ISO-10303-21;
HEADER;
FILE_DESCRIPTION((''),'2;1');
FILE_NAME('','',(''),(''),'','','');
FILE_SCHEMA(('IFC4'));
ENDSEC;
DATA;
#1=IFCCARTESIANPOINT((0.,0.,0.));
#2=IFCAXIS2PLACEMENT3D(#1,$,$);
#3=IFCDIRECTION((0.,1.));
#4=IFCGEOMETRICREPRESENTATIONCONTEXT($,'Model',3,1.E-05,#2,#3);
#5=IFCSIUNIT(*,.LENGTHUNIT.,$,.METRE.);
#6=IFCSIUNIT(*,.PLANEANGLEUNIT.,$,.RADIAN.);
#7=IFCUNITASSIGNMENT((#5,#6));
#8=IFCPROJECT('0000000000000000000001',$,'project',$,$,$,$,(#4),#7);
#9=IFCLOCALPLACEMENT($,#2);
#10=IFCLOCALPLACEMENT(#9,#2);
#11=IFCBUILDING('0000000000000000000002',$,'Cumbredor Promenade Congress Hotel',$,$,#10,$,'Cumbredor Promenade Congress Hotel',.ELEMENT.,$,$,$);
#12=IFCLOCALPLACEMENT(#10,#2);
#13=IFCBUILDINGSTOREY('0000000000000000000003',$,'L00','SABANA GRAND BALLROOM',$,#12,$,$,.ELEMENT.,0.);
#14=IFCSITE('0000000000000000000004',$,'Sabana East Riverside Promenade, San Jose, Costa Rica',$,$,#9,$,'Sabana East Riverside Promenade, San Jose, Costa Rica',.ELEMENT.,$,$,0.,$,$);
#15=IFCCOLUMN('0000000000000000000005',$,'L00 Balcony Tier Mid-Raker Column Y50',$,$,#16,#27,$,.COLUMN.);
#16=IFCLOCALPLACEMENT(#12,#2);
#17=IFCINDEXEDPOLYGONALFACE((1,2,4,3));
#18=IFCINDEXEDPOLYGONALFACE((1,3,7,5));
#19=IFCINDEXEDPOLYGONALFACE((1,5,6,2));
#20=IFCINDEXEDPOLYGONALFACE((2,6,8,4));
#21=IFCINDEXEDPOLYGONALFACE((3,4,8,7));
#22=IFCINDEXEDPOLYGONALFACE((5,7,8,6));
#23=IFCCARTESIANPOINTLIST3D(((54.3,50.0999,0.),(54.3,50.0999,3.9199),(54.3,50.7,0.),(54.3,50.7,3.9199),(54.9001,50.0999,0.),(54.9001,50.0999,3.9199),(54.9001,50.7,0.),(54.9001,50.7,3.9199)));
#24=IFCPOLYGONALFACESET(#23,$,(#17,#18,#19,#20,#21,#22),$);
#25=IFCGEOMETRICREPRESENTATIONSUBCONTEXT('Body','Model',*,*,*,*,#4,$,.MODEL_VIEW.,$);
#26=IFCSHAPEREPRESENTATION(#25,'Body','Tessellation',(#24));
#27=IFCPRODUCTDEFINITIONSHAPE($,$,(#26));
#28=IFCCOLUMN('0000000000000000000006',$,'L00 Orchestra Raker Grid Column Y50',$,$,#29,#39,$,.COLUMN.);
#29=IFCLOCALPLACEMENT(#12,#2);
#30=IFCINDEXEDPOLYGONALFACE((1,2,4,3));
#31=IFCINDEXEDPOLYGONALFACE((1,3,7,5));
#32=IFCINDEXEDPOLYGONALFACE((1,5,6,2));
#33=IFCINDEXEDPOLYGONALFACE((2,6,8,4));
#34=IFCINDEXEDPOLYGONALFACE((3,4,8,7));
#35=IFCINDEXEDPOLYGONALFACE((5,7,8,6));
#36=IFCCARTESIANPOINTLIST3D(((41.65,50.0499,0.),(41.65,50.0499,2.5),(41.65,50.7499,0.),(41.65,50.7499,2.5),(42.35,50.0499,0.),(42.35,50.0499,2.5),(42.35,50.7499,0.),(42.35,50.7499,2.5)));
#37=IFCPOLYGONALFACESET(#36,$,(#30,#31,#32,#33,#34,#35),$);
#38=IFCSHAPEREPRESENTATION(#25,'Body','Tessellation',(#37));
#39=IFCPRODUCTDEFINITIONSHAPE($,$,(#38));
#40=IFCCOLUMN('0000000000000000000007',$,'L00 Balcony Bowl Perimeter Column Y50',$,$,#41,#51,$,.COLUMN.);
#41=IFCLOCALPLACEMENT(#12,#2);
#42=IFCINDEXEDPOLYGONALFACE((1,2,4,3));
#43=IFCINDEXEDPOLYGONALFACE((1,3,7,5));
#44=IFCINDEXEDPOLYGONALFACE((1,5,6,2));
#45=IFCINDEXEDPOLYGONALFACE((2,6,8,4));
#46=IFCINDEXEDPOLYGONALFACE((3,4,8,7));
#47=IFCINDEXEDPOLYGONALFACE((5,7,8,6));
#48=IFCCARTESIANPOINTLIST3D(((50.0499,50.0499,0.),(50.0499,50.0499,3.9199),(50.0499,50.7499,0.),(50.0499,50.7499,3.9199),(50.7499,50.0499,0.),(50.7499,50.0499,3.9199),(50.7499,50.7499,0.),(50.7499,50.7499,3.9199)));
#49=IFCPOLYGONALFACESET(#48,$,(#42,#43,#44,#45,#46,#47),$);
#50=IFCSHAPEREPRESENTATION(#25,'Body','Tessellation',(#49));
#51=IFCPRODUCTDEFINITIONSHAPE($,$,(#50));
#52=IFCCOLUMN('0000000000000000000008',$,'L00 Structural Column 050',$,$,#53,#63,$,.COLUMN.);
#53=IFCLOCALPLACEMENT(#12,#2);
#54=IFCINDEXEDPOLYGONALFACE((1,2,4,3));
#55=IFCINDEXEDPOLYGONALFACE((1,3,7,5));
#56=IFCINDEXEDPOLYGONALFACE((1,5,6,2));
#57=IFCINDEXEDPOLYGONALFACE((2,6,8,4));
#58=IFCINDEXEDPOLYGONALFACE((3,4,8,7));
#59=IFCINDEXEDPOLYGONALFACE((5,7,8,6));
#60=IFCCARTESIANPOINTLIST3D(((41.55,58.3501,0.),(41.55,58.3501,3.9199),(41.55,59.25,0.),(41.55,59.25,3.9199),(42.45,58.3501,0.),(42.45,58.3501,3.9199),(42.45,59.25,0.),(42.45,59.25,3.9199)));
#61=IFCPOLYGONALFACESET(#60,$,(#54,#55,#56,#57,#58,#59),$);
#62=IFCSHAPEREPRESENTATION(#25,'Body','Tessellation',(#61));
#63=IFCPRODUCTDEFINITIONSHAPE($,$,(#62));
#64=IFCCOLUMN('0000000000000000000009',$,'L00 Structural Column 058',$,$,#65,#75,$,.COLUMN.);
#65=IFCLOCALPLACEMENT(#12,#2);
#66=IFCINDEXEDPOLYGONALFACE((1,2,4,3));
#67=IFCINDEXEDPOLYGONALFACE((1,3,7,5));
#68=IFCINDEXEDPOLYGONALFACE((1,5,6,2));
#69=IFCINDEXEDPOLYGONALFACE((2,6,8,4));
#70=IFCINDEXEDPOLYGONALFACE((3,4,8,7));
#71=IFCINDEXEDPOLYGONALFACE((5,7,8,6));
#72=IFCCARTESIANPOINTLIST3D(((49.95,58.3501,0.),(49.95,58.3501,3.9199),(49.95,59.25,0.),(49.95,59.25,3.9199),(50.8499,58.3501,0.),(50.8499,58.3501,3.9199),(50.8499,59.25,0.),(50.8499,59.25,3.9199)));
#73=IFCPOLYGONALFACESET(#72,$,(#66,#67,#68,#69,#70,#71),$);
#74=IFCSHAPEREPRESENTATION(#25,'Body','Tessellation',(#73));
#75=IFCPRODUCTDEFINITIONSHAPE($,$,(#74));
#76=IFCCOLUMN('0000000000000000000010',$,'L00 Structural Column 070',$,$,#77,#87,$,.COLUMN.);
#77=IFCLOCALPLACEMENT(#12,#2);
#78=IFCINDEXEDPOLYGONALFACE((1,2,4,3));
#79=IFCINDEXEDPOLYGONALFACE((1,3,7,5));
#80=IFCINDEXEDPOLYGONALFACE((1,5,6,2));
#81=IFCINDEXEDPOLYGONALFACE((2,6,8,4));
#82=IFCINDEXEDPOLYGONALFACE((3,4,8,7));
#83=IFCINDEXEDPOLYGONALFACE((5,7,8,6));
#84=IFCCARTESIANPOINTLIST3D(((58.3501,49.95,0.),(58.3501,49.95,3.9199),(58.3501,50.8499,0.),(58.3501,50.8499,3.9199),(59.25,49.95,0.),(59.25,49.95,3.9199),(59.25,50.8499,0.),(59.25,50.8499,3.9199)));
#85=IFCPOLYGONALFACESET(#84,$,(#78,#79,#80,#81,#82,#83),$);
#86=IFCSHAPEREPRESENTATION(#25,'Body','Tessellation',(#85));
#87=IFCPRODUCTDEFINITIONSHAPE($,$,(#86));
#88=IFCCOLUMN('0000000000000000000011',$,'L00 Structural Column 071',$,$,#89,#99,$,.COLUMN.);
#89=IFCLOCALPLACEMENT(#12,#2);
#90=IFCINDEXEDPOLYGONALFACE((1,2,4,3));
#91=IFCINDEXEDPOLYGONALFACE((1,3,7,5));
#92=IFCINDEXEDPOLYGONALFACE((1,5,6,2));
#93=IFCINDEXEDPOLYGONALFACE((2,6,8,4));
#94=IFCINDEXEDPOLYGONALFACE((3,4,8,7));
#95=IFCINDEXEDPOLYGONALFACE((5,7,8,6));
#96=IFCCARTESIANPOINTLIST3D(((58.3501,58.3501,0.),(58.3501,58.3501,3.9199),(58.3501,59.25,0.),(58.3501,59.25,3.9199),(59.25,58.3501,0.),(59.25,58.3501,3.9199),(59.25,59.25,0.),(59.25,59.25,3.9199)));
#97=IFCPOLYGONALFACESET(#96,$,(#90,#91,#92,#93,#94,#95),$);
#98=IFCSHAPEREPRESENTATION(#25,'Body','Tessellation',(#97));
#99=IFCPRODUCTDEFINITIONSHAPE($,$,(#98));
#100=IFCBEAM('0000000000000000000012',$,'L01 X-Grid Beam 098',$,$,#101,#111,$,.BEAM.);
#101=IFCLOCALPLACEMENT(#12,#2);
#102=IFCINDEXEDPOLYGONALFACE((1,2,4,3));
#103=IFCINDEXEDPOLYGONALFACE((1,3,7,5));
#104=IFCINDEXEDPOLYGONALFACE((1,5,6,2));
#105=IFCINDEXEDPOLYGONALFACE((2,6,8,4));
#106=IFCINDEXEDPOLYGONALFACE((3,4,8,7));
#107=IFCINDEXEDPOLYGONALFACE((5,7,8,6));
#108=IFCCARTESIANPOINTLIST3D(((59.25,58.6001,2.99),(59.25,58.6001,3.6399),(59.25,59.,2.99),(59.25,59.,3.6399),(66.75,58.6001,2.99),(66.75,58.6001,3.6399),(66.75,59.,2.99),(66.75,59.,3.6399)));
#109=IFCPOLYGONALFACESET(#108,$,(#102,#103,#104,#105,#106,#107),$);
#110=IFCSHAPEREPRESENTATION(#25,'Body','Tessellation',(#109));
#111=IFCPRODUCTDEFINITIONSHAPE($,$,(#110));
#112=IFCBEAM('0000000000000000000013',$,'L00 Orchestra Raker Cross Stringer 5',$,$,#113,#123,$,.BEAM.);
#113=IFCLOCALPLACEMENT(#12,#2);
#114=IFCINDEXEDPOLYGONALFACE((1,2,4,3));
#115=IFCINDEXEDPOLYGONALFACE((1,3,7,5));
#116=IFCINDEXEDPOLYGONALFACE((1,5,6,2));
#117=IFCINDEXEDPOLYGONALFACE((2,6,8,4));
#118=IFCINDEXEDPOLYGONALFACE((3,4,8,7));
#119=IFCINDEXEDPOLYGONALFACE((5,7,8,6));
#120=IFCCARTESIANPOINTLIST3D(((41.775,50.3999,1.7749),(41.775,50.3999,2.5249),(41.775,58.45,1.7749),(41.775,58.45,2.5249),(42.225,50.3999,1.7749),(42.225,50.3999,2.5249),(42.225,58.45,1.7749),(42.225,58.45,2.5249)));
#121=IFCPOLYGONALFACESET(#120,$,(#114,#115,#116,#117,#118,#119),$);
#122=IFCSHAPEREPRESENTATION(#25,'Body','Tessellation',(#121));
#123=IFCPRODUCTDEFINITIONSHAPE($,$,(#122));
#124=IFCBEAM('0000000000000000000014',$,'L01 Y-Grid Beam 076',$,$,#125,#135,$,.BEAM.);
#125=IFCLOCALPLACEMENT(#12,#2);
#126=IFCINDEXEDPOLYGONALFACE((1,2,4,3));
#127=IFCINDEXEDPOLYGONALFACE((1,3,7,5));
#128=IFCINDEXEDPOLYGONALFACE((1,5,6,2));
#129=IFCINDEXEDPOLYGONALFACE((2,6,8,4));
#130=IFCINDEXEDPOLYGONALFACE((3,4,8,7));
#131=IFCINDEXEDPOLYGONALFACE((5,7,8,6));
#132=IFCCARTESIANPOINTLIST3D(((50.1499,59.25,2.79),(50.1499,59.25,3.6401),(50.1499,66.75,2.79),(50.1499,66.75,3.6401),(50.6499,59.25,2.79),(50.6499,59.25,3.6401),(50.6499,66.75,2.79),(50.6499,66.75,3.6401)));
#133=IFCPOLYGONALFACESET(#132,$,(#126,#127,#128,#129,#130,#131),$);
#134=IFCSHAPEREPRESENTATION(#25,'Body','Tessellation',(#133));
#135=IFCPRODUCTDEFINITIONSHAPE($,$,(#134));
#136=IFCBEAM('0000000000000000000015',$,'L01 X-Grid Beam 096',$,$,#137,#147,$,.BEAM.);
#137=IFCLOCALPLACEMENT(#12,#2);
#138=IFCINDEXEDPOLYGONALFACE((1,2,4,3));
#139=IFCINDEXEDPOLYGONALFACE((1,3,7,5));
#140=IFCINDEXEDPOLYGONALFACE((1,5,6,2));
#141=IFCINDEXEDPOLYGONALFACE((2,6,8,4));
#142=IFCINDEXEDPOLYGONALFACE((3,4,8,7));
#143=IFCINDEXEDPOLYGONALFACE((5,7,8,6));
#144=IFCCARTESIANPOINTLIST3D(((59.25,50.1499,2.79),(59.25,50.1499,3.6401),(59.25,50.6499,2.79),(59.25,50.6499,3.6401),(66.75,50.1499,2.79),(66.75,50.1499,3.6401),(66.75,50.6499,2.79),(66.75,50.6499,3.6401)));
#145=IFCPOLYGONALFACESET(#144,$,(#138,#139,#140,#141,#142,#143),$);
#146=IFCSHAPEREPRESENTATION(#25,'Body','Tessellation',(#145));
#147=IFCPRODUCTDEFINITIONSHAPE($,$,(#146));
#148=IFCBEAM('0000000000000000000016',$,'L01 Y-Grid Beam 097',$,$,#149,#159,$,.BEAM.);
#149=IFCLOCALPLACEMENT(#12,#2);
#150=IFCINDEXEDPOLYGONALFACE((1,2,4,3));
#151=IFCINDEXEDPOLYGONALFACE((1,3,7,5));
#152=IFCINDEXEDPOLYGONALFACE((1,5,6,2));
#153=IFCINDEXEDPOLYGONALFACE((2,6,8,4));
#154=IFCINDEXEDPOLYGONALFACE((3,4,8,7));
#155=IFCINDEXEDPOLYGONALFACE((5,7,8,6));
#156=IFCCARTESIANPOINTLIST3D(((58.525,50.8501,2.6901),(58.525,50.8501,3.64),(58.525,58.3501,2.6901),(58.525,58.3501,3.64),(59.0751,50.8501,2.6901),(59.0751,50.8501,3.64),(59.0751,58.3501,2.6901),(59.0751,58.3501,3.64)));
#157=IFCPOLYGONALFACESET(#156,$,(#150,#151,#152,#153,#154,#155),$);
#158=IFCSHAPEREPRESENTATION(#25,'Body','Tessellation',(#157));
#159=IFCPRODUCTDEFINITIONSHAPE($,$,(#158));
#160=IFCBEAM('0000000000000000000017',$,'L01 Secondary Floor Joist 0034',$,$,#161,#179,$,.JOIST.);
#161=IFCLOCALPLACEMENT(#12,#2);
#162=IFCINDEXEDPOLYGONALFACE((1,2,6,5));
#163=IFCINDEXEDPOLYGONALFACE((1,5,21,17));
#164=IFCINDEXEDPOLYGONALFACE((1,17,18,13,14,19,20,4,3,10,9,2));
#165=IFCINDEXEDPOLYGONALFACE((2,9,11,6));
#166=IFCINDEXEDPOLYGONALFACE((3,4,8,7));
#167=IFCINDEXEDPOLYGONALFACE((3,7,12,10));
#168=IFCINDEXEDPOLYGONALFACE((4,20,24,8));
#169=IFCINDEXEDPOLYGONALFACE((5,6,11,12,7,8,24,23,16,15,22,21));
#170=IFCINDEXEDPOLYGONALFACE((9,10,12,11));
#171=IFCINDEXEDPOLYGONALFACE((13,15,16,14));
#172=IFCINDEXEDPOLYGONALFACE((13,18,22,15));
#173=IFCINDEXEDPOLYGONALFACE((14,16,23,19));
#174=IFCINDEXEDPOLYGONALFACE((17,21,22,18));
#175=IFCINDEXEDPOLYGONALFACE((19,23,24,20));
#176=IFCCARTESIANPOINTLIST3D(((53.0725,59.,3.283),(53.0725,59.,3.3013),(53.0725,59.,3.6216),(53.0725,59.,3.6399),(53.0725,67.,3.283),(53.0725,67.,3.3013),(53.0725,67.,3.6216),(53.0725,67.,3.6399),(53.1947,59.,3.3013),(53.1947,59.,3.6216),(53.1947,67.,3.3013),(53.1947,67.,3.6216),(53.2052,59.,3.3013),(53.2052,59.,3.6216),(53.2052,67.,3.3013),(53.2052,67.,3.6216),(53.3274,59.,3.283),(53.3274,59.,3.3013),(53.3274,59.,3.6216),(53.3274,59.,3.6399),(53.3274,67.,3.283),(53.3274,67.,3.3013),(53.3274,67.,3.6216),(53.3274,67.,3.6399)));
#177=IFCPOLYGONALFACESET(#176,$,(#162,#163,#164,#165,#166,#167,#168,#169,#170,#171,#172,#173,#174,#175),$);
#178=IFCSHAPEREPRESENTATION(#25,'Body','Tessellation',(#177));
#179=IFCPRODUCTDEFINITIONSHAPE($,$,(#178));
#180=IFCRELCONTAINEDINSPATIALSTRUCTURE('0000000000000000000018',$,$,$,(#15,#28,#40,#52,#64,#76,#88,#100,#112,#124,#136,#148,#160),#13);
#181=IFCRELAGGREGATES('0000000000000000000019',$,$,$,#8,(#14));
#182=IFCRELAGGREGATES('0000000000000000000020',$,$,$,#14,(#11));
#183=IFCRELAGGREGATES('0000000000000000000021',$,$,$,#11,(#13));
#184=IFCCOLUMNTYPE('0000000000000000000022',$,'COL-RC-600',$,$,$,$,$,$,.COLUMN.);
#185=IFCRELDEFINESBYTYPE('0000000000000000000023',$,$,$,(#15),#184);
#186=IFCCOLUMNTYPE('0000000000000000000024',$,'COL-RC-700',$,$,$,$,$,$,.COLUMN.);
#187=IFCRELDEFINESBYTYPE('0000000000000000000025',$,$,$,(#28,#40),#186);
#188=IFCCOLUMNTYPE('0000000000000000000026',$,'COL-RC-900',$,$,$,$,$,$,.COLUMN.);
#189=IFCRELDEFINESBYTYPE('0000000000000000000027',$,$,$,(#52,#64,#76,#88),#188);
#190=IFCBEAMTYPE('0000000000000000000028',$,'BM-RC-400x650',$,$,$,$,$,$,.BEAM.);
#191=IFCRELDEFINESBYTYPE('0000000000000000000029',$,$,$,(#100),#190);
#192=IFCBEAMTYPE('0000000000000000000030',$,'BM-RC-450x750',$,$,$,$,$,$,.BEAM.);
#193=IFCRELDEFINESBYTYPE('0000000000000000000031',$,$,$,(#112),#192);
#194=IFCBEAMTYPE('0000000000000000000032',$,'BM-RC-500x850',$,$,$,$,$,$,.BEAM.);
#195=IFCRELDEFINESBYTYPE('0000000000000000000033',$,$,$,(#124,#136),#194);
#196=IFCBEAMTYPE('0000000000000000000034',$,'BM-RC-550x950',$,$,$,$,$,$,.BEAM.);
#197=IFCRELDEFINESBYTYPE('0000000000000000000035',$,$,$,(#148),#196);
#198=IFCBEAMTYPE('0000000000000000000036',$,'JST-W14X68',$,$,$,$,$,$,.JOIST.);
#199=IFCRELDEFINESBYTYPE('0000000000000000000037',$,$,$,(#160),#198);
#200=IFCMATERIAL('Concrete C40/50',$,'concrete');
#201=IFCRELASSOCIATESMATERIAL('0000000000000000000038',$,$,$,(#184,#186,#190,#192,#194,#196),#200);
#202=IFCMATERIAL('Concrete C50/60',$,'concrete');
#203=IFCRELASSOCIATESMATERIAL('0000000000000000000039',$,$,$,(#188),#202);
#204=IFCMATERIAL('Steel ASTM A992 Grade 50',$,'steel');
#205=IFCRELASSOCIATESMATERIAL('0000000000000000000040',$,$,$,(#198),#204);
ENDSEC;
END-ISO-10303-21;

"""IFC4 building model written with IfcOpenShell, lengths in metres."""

from ifc_helpers import new_model, si_unit, direction, frame, origin, origin_2d, place, context, subcontext, project, spatial, rectangle, i_section, extrude, material, material_profile, profile_set, type_object, element, save


model = new_model("IFC4")

# Units and contexts
model_context = context("Model", 3, precision=1e-05, world=origin(), true_north=direction((0.0, 1.0)))
body_context = subcontext(model_context, "Body", "Model", "MODEL_VIEW")
ifc_project = project(units=[si_unit("LENGTHUNIT", "METRE"), si_unit("PLANEANGLEUNIT", "RADIAN")], contexts=[model_context])

# Site, building, storey
site_placement = place(None, origin())
site = spatial("IfcSite", under=ifc_project, at=site_placement, Name="Sabana East Riverside Promenade, San Jose, Costa Rica", LongName="Sabana East Riverside Promenade, San Jose, Costa Rica", CompositionType="ELEMENT", RefElevation=0.0)
building_placement = place(site_placement, origin())
building = spatial("IfcBuilding", under=site, at=building_placement, Name="Cumbredor Promenade Congress Hotel", LongName="Cumbredor Promenade Congress Hotel", CompositionType="ELEMENT")
storey_placement = place(building_placement, origin())
storey = spatial("IfcBuildingStorey", under=building, at=storey_placement, Name="L00", Description="SABANA GRAND BALLROOM", CompositionType="ELEMENT", Elevation=0.0)

# Columns
ifc_material_1 = material(Name="Concrete C40/50", Category="concrete")
ifc_material_profile_1 = material_profile(ifc_material_1, rectangle(XDim=0.6001, YDim=0.6001, at=origin_2d()), Name="RC 600x600")
ifc_profile_set_1 = profile_set([ifc_material_profile_1], Name="Concrete C40/50")
column_type_1 = type_object("IfcColumnType", Name="COL-RC-600", PredefinedType="COLUMN", material=ifc_profile_set_1)
column_1_placement = place(storey_placement, frame((54.6001, 50.3999, 0.0), z_axis=(0.0, 0.0, 1.0), x_axis=(1.0, 0.0, 0.0)))
element("IfcColumn", 1, at=column_1_placement, inside=storey, type_object=column_type_1, Name="L00 Balcony Tier Mid-Raker Column Y50", PredefinedType="COLUMN", context=body_context, shape_type="SweptSolid", body=[
    extrude(rectangle(XDim=0.6001, YDim=0.6001, at=origin_2d()), origin(), (0.0, 0.0, 1.0), 3.9199),
])
ifc_material_profile_2 = material_profile(ifc_material_1, rectangle(XDim=0.7, YDim=0.7, at=origin_2d()), Name="RC 700x700")
ifc_profile_set_2 = profile_set([ifc_material_profile_2], Name="Concrete C40/50")
column_type_2 = type_object("IfcColumnType", Name="COL-RC-700", PredefinedType="COLUMN", material=ifc_profile_set_2)
column_2_placement = place(storey_placement, frame((42.0, 50.3999, 0.0), z_axis=(0.0, 0.0, 1.0), x_axis=(1.0, 0.0, 0.0)))
element("IfcColumn", 2, at=column_2_placement, inside=storey, type_object=column_type_2, Name="L00 Orchestra Raker Grid Column Y50", PredefinedType="COLUMN", context=body_context, shape_type="SweptSolid", body=[
    extrude(rectangle(XDim=0.7, YDim=0.7, at=origin_2d()), origin(), (0.0, 0.0, 1.0), 2.5),
])
column_3_placement = place(storey_placement, frame((50.3999, 50.3999, 0.0), z_axis=(0.0, 0.0, 1.0), x_axis=(1.0, 0.0, 0.0)))
element("IfcColumn", 3, at=column_3_placement, inside=storey, type_object=column_type_2, Name="L00 Balcony Bowl Perimeter Column Y50", PredefinedType="COLUMN", context=body_context, shape_type="SweptSolid", body=[
    extrude(rectangle(XDim=0.7, YDim=0.7, at=origin_2d()), origin(), (0.0, 0.0, 1.0), 3.9199),
])
ifc_material_2 = material(Name="Concrete C50/60", Category="concrete")
ifc_material_profile_3 = material_profile(ifc_material_2, rectangle(XDim=0.8999, YDim=0.8999, at=origin_2d()), Name="RC 900x900")
ifc_profile_set_3 = profile_set([ifc_material_profile_3], Name="Concrete C50/60")
column_type_3 = type_object("IfcColumnType", Name="COL-RC-900", PredefinedType="COLUMN", material=ifc_profile_set_3)
for number, where, z_axis, x_axis, name in (
    (4, (42.0, 58.8, 0.0), (0.0, 0.0, 1.0), (1.0, 0.0, 0.0), "L00 Structural Column 050"),
    (5, (50.3999, 58.8, 0.0), (0.0, 0.0, 1.0), (1.0, 0.0, 0.0), "L00 Structural Column 058"),
    (6, (58.8, 50.3999, 0.0), (0.0, 0.0, 1.0), (1.0, 0.0, 0.0), "L00 Structural Column 070"),
    (7, (58.8, 58.8, 0.0), (0.0, 0.0, 1.0), (1.0, 0.0, 0.0), "L00 Structural Column 071"),
):
    element("IfcColumn", number, at=place(storey_placement, frame(where, z_axis=z_axis, x_axis=x_axis)), inside=storey, type_object=column_type_3, Name=name, PredefinedType="COLUMN", context=body_context, shape_type="SweptSolid", body=[
        extrude(rectangle(XDim=0.8999, YDim=0.8999, at=origin_2d()), origin(), (0.0, 0.0, 1.0), 3.9199),
    ])

# Beams
ifc_material_profile_4 = material_profile(ifc_material_1, rectangle(XDim=0.3999, YDim=0.6499, at=origin_2d()), Name="RC BEAM 400x650")
ifc_profile_set_4 = profile_set([ifc_material_profile_4], Name="Concrete C40/50")
beam_type_1 = type_object("IfcBeamType", Name="BM-RC-400x650", PredefinedType="BEAM", material=ifc_profile_set_4)
beam_1_placement = place(storey_placement, frame((59.25, 58.8, 3.3149), z_axis=(1.0, 0.0, 0.0), x_axis=(0.0, 1.0, 0.0)))
element("IfcBeam", 8, at=beam_1_placement, inside=storey, type_object=beam_type_1, Name="L01 X-Grid Beam 098", PredefinedType="BEAM", context=body_context, shape_type="SweptSolid", body=[
    extrude(rectangle(XDim=0.3999, YDim=0.6499, at=origin_2d()), origin(), (0.0, 0.0, 1.0), 7.5),
])
ifc_material_profile_5 = material_profile(ifc_material_1, rectangle(XDim=0.45, YDim=0.75, at=origin_2d()), Name="RC BEAM 450x750")
ifc_profile_set_5 = profile_set([ifc_material_profile_5], Name="Concrete C40/50")
beam_type_2 = type_object("IfcBeamType", Name="BM-RC-450x750", PredefinedType="BEAM", material=ifc_profile_set_5)
beam_2_placement = place(storey_placement, frame((42.0, 50.3999, 2.1499), z_axis=(0.0, 1.0, 0.0), x_axis=(-1.0, 0.0, 0.0)))
element("IfcBeam", 9, at=beam_2_placement, inside=storey, type_object=beam_type_2, Name="L00 Orchestra Raker Cross Stringer 5", PredefinedType="BEAM", context=body_context, shape_type="SweptSolid", body=[
    extrude(rectangle(XDim=0.45, YDim=0.75, at=origin_2d()), origin(), (0.0, 0.0, 1.0), 8.05),
])
ifc_material_profile_6 = material_profile(ifc_material_1, rectangle(XDim=0.5, YDim=0.8501, at=origin_2d()), Name="RC BEAM 500x850")
ifc_profile_set_6 = profile_set([ifc_material_profile_6], Name="Concrete C40/50")
beam_type_3 = type_object("IfcBeamType", Name="BM-RC-500x850", PredefinedType="BEAM", material=ifc_profile_set_6)
for number, where, z_axis, x_axis, name in (
    (10, (50.3999, 59.25, 3.2151), (0.0, 1.0, 0.0), (-1.0, 0.0, 0.0), "L01 Y-Grid Beam 076"),
    (11, (59.25, 50.3999, 3.2151), (1.0, 0.0, 0.0), (0.0, 1.0, 0.0), "L01 X-Grid Beam 096"),
):
    element("IfcBeam", number, at=place(storey_placement, frame(where, z_axis=z_axis, x_axis=x_axis)), inside=storey, type_object=beam_type_3, Name=name, PredefinedType="BEAM", context=body_context, shape_type="SweptSolid", body=[
        extrude(rectangle(XDim=0.5, YDim=0.8501, at=origin_2d()), origin(), (0.0, 0.0, 1.0), 7.5),
    ])
ifc_material_profile_7 = material_profile(ifc_material_1, rectangle(XDim=0.55, YDim=0.95, at=origin_2d()), Name="RC BEAM 550x950")
ifc_profile_set_7 = profile_set([ifc_material_profile_7], Name="Concrete C40/50")
beam_type_4 = type_object("IfcBeamType", Name="BM-RC-550x950", PredefinedType="BEAM", material=ifc_profile_set_7)
beam_3_placement = place(storey_placement, frame((58.8, 50.8501, 3.165), z_axis=(0.0, 1.0, 0.0), x_axis=(-1.0, 0.0, 0.0)))
element("IfcBeam", 12, at=beam_3_placement, inside=storey, type_object=beam_type_4, Name="L01 Y-Grid Beam 097", PredefinedType="BEAM", context=body_context, shape_type="SweptSolid", body=[
    extrude(rectangle(XDim=0.55, YDim=0.95, at=origin_2d()), origin(), (0.0, 0.0, 1.0), 7.5),
])
ifc_material_3 = material(Name="Steel ASTM A992 Grade 50", Category="steel")
ifc_material_profile_8 = material_profile(ifc_material_3, i_section(OverallWidth=0.2549, OverallDepth=0.3569, WebThickness=0.0105, FlangeThickness=0.0183, at=origin_2d()), Name="W14X68")
ifc_profile_set_8 = profile_set([ifc_material_profile_8], Name="Steel ASTM A992 Grade 50")
beam_type_5 = type_object("IfcBeamType", Name="JST-W14X68", PredefinedType="JOIST", material=ifc_profile_set_8)
for number, where, z_axis, x_axis, name in (
    (13, (53.2, 59.0, 3.4614), (0.0, 1.0, 0.0), (-1.0, 0.0, 0.0), "L01 Secondary Floor Joist 0034"),
):
    element("IfcBeam", number, at=place(storey_placement, frame(where, z_axis=z_axis, x_axis=x_axis)), inside=storey, type_object=beam_type_5, Name=name, PredefinedType="JOIST", context=body_context, shape_type="SweptSolid", body=[
        extrude(i_section(OverallWidth=0.2549, OverallDepth=0.3569, WebThickness=0.0105, FlangeThickness=0.0183, at=origin_2d()), origin(), (0.0, 0.0, 1.0), 8.0),
    ])

save(model, "model.ifc")
